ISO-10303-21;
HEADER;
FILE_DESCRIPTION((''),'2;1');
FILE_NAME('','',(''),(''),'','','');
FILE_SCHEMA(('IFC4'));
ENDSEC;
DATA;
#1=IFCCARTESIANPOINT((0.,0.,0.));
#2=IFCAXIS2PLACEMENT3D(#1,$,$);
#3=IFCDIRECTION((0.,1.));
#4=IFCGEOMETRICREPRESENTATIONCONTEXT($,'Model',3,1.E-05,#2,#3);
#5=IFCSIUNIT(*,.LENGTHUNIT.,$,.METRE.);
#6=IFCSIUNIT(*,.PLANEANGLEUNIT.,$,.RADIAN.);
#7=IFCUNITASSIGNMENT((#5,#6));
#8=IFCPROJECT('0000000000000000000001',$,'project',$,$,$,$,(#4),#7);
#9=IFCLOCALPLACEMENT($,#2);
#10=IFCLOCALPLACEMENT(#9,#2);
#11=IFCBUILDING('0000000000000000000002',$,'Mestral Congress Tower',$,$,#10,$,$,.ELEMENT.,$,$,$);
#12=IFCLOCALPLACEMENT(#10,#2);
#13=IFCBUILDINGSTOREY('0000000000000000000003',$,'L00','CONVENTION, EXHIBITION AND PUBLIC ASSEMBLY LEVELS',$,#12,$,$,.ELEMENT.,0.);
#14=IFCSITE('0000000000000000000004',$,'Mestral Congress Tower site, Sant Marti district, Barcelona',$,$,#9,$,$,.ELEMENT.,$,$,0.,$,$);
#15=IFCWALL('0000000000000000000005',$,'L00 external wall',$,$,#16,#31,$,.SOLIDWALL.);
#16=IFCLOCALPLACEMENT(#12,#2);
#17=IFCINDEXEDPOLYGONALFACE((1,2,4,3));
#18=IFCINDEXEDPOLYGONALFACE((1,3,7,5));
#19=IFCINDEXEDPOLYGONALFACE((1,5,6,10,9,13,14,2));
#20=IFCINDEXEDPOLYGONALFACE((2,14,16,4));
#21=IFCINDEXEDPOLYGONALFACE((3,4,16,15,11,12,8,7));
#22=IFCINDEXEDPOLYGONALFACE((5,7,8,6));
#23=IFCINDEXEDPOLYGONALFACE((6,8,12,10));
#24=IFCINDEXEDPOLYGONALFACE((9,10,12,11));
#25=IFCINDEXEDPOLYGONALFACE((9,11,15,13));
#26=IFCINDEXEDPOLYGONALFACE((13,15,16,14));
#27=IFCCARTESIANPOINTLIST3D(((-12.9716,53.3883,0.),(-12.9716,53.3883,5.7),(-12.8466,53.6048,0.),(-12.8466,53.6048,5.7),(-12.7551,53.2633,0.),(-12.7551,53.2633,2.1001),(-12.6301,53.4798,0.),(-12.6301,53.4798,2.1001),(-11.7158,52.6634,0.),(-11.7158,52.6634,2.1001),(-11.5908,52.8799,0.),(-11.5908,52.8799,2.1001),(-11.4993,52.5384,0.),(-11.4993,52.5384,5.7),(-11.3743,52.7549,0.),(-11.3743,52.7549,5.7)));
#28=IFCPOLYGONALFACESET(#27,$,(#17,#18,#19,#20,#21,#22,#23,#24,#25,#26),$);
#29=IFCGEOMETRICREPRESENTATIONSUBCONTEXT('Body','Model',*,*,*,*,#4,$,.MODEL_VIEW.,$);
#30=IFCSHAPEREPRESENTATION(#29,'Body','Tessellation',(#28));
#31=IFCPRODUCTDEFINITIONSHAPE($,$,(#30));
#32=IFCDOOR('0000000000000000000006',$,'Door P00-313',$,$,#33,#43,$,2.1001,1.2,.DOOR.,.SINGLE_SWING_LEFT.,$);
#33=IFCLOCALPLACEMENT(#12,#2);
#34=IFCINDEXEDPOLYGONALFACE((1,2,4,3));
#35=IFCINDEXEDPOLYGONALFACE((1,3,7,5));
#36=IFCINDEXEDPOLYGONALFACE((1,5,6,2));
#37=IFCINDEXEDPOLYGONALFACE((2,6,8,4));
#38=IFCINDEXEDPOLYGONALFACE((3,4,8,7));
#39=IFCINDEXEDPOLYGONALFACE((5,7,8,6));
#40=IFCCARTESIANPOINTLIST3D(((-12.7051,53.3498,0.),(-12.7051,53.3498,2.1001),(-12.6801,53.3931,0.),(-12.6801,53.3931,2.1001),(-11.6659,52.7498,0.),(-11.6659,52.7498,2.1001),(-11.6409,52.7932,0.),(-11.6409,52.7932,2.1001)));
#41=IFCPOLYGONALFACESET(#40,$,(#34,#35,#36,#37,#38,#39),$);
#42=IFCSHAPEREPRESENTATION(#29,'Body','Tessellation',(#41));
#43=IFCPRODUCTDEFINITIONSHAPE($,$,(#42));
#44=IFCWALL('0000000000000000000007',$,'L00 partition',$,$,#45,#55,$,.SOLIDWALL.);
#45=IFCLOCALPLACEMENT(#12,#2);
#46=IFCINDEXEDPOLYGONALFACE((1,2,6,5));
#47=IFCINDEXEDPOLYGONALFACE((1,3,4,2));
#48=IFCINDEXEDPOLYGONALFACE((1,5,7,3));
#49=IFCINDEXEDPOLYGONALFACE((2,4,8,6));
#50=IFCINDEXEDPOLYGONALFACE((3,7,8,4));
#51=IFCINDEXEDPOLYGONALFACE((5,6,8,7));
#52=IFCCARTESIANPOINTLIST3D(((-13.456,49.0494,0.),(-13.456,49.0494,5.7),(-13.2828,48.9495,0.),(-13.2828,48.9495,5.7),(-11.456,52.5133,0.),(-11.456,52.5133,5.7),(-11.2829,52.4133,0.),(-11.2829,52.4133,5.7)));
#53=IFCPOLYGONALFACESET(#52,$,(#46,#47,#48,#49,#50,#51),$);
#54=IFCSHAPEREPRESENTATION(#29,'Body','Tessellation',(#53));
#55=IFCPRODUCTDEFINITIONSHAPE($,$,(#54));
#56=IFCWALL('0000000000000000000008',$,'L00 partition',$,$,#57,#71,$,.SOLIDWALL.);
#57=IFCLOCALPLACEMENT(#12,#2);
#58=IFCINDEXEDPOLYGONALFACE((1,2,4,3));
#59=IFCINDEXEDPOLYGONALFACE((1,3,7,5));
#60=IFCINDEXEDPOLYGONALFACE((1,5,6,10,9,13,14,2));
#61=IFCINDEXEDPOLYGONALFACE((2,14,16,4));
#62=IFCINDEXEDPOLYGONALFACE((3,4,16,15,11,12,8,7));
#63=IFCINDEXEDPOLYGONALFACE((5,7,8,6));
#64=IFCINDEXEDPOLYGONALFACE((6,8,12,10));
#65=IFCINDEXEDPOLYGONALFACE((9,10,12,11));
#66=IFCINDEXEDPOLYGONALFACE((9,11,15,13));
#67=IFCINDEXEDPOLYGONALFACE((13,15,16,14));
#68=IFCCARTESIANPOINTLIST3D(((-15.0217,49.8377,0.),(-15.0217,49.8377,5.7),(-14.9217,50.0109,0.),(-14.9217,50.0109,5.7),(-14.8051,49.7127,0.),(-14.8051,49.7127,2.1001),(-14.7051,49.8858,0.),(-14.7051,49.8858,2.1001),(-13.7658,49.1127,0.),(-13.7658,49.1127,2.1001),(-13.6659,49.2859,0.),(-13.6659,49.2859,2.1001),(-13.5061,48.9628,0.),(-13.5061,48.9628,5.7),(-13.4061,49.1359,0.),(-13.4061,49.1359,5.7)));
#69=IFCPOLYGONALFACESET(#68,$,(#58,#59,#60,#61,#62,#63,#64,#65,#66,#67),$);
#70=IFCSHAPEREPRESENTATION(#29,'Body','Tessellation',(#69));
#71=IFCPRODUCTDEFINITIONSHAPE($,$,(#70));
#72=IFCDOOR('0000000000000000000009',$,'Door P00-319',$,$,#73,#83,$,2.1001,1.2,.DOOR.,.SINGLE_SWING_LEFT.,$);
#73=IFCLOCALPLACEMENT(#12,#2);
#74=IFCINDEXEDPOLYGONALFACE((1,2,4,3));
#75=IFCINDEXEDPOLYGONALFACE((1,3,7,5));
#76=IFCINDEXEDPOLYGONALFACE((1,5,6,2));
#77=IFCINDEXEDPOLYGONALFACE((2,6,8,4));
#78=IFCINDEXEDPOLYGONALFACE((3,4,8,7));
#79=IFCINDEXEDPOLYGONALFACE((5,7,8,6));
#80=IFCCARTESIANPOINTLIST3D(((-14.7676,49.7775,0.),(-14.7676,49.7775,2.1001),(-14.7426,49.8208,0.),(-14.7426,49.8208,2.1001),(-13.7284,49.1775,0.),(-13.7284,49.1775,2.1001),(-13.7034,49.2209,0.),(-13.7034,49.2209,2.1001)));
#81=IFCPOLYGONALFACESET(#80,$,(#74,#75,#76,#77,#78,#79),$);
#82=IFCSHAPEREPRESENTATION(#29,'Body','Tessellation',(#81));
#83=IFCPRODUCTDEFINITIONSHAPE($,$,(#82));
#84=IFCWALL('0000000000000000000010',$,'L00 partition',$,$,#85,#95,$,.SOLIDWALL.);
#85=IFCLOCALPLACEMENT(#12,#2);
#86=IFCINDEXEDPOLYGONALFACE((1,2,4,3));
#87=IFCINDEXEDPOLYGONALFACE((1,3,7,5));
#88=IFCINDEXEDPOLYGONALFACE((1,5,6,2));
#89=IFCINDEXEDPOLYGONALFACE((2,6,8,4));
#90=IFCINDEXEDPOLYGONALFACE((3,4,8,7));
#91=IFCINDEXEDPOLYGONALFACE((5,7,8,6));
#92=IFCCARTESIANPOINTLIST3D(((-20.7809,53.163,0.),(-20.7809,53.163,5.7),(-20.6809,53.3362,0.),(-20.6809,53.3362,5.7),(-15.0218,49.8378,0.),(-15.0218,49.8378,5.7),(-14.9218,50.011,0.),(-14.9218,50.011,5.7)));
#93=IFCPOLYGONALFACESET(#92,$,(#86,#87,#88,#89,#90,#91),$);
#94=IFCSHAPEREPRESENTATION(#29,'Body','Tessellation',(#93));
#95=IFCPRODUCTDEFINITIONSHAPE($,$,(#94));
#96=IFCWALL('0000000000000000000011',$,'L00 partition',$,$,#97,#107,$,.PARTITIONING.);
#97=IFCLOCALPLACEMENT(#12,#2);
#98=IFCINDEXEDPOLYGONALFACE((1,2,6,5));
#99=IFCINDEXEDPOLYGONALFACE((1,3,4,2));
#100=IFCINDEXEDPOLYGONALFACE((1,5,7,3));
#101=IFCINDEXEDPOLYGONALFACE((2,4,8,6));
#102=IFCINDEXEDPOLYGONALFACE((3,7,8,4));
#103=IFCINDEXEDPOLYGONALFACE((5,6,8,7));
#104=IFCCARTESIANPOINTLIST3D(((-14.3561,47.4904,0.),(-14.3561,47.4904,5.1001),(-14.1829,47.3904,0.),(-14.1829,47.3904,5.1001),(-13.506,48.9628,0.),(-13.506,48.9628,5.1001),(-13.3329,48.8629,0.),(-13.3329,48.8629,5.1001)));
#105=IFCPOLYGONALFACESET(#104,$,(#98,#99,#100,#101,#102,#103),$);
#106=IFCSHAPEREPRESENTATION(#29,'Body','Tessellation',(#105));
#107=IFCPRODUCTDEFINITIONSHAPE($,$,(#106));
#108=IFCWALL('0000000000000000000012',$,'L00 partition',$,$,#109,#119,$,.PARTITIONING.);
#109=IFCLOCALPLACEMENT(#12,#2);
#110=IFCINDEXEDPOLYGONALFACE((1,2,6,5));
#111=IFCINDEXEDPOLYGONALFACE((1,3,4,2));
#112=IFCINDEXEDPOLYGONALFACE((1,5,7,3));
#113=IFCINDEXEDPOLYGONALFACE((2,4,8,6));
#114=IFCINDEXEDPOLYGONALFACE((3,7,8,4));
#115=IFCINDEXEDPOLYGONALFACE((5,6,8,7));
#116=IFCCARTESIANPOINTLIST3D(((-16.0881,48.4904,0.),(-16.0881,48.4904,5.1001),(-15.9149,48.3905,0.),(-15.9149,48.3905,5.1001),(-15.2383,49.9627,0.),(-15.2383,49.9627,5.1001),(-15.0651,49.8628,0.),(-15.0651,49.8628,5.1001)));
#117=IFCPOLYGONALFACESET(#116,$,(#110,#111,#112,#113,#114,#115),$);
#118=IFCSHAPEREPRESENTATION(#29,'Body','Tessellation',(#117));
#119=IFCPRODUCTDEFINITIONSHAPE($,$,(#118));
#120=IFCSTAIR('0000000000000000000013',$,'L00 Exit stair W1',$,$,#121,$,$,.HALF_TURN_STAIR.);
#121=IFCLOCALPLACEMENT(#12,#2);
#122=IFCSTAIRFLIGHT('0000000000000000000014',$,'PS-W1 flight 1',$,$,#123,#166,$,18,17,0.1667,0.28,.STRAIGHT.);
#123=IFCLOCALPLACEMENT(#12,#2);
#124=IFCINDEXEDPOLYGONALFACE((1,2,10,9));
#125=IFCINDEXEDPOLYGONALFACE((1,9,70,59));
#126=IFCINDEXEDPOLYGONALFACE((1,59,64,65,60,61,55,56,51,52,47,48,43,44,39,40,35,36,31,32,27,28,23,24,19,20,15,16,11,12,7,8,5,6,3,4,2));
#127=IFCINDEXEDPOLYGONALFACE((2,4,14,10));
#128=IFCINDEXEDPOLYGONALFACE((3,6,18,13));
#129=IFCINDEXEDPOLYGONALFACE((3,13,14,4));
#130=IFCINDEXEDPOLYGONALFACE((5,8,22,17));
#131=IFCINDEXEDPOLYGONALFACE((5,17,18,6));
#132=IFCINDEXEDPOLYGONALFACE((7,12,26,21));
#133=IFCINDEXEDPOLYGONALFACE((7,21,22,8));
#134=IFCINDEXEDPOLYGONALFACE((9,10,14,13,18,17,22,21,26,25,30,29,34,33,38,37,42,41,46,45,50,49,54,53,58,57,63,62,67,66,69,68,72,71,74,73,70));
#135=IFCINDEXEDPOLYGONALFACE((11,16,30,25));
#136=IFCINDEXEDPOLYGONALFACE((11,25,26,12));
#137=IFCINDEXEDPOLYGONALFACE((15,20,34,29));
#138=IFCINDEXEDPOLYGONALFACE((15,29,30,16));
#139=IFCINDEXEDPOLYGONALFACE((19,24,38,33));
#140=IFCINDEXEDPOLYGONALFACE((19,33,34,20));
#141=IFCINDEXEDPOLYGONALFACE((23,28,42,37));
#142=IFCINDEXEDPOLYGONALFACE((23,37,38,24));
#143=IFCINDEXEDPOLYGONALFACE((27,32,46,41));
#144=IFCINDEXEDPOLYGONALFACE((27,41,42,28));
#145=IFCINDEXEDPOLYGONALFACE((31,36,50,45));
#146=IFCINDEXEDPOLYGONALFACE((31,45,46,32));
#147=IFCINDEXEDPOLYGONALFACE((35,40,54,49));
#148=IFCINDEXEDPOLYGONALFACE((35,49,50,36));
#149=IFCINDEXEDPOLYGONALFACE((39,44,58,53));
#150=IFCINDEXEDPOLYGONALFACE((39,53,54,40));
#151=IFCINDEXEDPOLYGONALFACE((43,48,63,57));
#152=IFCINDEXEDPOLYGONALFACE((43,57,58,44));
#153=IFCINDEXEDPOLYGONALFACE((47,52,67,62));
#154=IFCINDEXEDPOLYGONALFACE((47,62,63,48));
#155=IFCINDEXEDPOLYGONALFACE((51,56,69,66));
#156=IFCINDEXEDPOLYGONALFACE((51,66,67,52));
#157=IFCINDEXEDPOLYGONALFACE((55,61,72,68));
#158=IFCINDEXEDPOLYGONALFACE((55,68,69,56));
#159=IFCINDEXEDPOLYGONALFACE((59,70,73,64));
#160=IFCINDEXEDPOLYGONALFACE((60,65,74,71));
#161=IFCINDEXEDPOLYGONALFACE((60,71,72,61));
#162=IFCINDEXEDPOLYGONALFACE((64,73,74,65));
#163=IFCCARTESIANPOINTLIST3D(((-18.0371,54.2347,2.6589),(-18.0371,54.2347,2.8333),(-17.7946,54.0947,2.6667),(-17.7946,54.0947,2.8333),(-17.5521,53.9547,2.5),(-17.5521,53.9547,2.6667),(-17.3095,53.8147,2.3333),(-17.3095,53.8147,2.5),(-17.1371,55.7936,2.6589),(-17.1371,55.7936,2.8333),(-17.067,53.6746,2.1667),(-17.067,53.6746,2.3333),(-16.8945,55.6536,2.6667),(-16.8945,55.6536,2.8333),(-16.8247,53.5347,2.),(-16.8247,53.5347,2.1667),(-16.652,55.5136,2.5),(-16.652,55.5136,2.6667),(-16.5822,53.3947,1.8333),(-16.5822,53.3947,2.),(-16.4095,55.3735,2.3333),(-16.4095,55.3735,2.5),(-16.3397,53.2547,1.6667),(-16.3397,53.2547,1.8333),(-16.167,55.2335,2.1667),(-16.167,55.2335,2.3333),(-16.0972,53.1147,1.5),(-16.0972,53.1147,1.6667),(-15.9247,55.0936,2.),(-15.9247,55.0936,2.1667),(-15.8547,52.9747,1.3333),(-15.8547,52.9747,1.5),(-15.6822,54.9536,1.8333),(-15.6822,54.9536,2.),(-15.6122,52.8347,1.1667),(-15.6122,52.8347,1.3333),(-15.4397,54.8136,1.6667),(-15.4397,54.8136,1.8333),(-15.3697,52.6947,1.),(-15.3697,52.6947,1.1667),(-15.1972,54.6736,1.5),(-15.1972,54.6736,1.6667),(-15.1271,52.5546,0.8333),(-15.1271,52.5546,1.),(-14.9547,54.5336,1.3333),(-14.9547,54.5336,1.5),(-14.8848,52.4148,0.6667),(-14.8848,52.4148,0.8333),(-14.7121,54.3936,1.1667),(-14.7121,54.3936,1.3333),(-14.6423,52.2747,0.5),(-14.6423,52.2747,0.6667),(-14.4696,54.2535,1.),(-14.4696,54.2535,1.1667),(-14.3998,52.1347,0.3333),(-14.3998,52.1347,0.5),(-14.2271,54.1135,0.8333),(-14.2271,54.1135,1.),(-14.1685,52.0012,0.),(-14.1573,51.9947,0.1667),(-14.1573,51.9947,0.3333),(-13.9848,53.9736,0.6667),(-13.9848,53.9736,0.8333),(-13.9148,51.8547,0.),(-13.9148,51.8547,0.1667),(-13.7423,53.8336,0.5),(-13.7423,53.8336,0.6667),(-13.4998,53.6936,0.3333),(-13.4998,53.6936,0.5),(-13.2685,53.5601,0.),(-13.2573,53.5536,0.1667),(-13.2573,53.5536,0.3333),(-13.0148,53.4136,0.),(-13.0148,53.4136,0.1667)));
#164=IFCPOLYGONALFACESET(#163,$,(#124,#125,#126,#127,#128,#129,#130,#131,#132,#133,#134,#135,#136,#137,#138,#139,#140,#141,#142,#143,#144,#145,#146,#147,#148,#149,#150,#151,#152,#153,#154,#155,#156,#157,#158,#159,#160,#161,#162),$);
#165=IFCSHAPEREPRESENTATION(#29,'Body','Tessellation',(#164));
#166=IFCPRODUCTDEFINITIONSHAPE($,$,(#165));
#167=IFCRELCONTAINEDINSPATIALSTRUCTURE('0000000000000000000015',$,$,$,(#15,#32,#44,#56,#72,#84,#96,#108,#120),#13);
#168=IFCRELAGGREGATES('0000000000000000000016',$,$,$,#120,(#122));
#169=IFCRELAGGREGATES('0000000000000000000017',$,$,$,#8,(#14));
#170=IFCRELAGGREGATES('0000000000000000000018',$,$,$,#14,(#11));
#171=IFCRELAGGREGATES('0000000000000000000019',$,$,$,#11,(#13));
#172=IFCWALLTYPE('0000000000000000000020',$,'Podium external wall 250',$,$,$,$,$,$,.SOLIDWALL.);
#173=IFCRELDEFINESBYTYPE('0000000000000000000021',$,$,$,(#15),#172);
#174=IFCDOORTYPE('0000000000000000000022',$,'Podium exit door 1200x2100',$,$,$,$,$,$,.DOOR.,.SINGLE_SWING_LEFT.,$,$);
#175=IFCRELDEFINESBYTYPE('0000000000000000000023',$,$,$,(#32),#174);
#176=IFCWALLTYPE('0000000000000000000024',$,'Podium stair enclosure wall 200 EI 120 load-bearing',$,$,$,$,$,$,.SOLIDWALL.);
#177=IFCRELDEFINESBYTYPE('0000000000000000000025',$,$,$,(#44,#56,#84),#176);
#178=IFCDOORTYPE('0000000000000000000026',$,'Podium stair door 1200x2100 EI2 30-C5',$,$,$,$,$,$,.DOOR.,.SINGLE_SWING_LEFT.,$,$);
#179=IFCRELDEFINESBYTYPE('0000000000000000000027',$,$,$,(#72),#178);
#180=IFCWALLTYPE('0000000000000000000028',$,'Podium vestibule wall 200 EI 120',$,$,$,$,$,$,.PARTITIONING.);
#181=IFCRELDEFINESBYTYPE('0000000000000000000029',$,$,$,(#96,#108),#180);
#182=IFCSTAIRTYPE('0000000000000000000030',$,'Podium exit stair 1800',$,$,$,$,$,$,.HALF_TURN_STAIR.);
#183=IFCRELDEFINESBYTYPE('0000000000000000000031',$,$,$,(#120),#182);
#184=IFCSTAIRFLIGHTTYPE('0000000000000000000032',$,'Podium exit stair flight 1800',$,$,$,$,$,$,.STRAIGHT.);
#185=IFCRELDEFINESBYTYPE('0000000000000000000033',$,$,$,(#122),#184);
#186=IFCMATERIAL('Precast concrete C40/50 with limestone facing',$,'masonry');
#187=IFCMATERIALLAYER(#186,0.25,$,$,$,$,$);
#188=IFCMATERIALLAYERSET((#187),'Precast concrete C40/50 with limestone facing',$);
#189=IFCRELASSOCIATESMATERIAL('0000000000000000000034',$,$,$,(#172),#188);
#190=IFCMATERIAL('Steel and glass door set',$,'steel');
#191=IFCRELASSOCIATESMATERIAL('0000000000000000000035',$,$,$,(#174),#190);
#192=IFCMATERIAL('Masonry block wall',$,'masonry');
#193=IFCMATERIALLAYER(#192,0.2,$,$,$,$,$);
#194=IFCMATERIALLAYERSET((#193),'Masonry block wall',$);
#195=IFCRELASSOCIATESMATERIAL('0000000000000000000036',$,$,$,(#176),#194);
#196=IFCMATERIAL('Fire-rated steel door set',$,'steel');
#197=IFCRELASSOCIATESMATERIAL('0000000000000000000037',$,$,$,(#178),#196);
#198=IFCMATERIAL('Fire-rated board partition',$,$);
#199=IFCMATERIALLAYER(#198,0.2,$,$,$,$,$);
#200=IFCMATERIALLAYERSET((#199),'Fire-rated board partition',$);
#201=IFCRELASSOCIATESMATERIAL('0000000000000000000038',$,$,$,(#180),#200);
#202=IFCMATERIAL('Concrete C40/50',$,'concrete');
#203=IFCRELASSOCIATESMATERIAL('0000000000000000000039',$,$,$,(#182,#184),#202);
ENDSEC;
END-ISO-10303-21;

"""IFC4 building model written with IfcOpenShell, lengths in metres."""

from ifc_helpers import new_model, si_unit, direction, frame, frame_2d, origin, place, context, subcontext, project, spatial, polyline, rectangle, outline, extrude, material, layer, layer_set, type_object, element, fill, aggregate, save


model = new_model("IFC4")

# Units and contexts
model_context = context("Model", 3, precision=1e-05, world=origin(), true_north=direction((0.0, 1.0)))
body_context = subcontext(model_context, "Body", "Model", "MODEL_VIEW")
ifc_project = project(units=[si_unit("LENGTHUNIT", "METRE"), si_unit("PLANEANGLEUNIT", "RADIAN")], contexts=[model_context])

# Site, building, storey
site_placement = place(None, origin())
site = spatial("IfcSite", under=ifc_project, at=site_placement, Name="Mestral Congress Tower site, Sant Marti district, Barcelona", CompositionType="ELEMENT", RefElevation=0.0)
building_placement = place(site_placement, origin())
building = spatial("IfcBuilding", under=site, at=building_placement, Name="Mestral Congress Tower", CompositionType="ELEMENT")
storey_placement = place(building_placement, origin())
storey = spatial("IfcBuildingStorey", under=building, at=storey_placement, Name="L00", Description="CONVENTION, EXHIBITION AND PUBLIC ASSEMBLY LEVELS", CompositionType="ELEMENT", Elevation=0.0)

# Shared definitions
ifc_material_1 = material(Name="Precast concrete C40/50 with limestone facing", Category="masonry")
ifc_layer_1 = layer(ifc_material_1, 0.25)
ifc_layer_set_1 = layer_set([ifc_layer_1], Name="Precast concrete C40/50 with limestone facing")
wall_type_1 = type_object("IfcWallType", Name="Podium external wall 250", PredefinedType="SOLIDWALL", material=ifc_layer_set_1)

# Wall, opening, door
wall_1_placement = place(storey_placement, frame((-12.9092, 53.4966, 0.0), z_axis=(0.0, 0.0, 1.0), x_axis=(0.866052, -0.499955, 0.0)))
wall_1 = element("IfcWall", 1, at=wall_1_placement, inside=storey, type_object=wall_type_1, Name="L00 external wall", PredefinedType="SOLIDWALL", context=body_context, shape_type="SweptSolid", body=[
    extrude(rectangle(XDim=1.7, YDim=0.25, at=frame_2d((0.8501, 0.0))), origin(), (0.0, 0.0, 1.0), 5.7),
])
opening_1_placement = place(wall_1_placement, frame((0.25, 0.0, 0.0)))
opening_1 = element("IfcOpeningElement", 2, at=opening_1_placement, cuts=wall_1, PredefinedType="OPENING", context=body_context, shape_type="SweptSolid", body=[
    extrude(rectangle(XDim=1.2, YDim=2.1001, at=frame_2d((0.6001, 1.05))), frame((0.0, 0.135, 0.0), z_axis=(0.0, -1.0, 0.0), x_axis=(1.0, 0.0, 0.0)), (0.0, 0.0, 1.0), 0.27),
])
ifc_material_2 = material(Name="Steel and glass door set", Category="steel")
door_type_1 = type_object("IfcDoorType", Name="Podium exit door 1200x2100", OperationType="SINGLE_SWING_LEFT", PredefinedType="DOOR", material=ifc_material_2)
door_1_placement = place(opening_1_placement, origin())
door_1 = element("IfcDoor", 3, at=door_1_placement, inside=storey, type_object=door_type_1, Name="Door P00-313", OperationType="SINGLE_SWING_LEFT", OverallHeight=2.1001, OverallWidth=1.2, PredefinedType="DOOR", context=body_context, shape_type="SweptSolid", body=[
    extrude(rectangle(XDim=1.2, YDim=2.1001, at=frame_2d((0.6001, 1.05))), frame((0.0, 0.0249, 0.0), z_axis=(0.0, -1.0, 0.0), x_axis=(1.0, 0.0, 0.0)), (0.0, 0.0, 1.0), 0.05),
])
fill(opening_1, door_1)

# Wall
ifc_material_3 = material(Name="Masonry block wall", Category="masonry")
ifc_layer_2 = layer(ifc_material_3, 0.2)
ifc_layer_set_2 = layer_set([ifc_layer_2], Name="Masonry block wall")
wall_type_2 = type_object("IfcWallType", Name="Podium stair enclosure wall 200 EI 120 load-bearing", PredefinedType="SOLIDWALL", material=ifc_layer_set_2)
wall_2_placement = place(storey_placement, frame((-11.3694, 52.4634, 0.0), z_axis=(0.0, 0.0, 1.0), x_axis=(-0.500025, -0.866011, 0.0)))
element("IfcWall", 4, at=wall_2_placement, inside=storey, type_object=wall_type_2, Name="L00 partition", PredefinedType="SOLIDWALL", context=body_context, shape_type="SweptSolid", body=[
    extrude(rectangle(XDim=3.9998, YDim=0.2, at=frame_2d((2.0, 0.0))), origin(), (0.0, 0.0, 1.0), 5.7),
])

# Wall, opening, door
wall_3_placement = place(storey_placement, frame((-14.9717, 49.9243, 0.0), z_axis=(0.0, 0.0, 1.0), x_axis=(0.866037, -0.49998, 0.0)))
wall_3 = element("IfcWall", 5, at=wall_3_placement, inside=storey, type_object=wall_type_2, Name="L00 partition", PredefinedType="SOLIDWALL", context=body_context, shape_type="SweptSolid", body=[
    extrude(rectangle(XDim=1.75, YDim=0.2, at=frame_2d((0.875, 0.0))), origin(), (0.0, 0.0, 1.0), 5.7),
])
opening_2_placement = place(wall_3_placement, frame((0.25, 0.0, 0.0)))
opening_2 = element("IfcOpeningElement", 6, at=opening_2_placement, cuts=wall_3, PredefinedType="OPENING", context=body_context, shape_type="SweptSolid", body=[
    extrude(rectangle(XDim=1.2, YDim=2.1001, at=frame_2d((0.6001, 1.05))), frame((0.0, 0.1099, 0.0), z_axis=(0.0, -1.0, 0.0), x_axis=(1.0, 0.0, 0.0)), (0.0, 0.0, 1.0), 0.22),
])
ifc_material_4 = material(Name="Fire-rated steel door set", Category="steel")
door_type_2 = type_object("IfcDoorType", Name="Podium stair door 1200x2100 EI2 30-C5", OperationType="SINGLE_SWING_LEFT", PredefinedType="DOOR", material=ifc_material_4)
door_2_placement = place(opening_2_placement, origin())
door_2 = element("IfcDoor", 7, at=door_2_placement, inside=storey, type_object=door_type_2, Name="Door P00-319", OperationType="SINGLE_SWING_LEFT", OverallHeight=2.1001, OverallWidth=1.2, PredefinedType="DOOR", context=body_context, shape_type="SweptSolid", body=[
    extrude(rectangle(XDim=1.2, YDim=2.1001, at=frame_2d((0.6001, 1.05))), frame((0.0, 0.0249, 0.0), z_axis=(0.0, -1.0, 0.0), x_axis=(1.0, 0.0, 0.0)), (0.0, 0.0, 1.0), 0.05),
])
fill(opening_2, door_2)

# Walls
wall_4_placement = place(storey_placement, frame((-14.9717, 49.9243, 0.0), z_axis=(0.0, 0.0, 1.0), x_axis=(-0.866011, 0.500024, 0.0)))
element("IfcWall", 8, at=wall_4_placement, inside=storey, type_object=wall_type_2, Name="L00 partition", PredefinedType="SOLIDWALL", context=body_context, shape_type="SweptSolid", body=[
    extrude(rectangle(XDim=6.6501, YDim=0.2, at=frame_2d((3.3252, 0.0))), origin(), (0.0, 0.0, 1.0), 5.7),
])
ifc_material_5 = material(Name="Fire-rated board partition")
ifc_layer_3 = layer(ifc_material_5, 0.2)
ifc_layer_set_3 = layer_set([ifc_layer_3], Name="Fire-rated board partition")
wall_type_3 = type_object("IfcWallType", Name="Podium vestibule wall 200 EI 120", PredefinedType="PARTITIONING", material=ifc_layer_set_3)
wall_5_placement = place(storey_placement, frame((-13.4194, 48.9128, 0.0), z_axis=(0.0, 0.0, 1.0), x_axis=(-0.5, -0.866025, 0.0)))
element("IfcWall", 9, at=wall_5_placement, inside=storey, type_object=wall_type_3, Name="L00 partition", PredefinedType="PARTITIONING", context=body_context, shape_type="SweptSolid", body=[
    extrude(rectangle(XDim=1.7002, YDim=0.2, at=frame_2d((0.8501, 0.0))), origin(), (0.0, 0.0, 1.0), 5.1001),
])
wall_6_placement = place(storey_placement, frame((-15.1516, 49.9128, 0.0), z_axis=(0.0, 0.0, 1.0), x_axis=(-0.499892, -0.866088, 0.0)))
element("IfcWall", 10, at=wall_6_placement, inside=storey, type_object=wall_type_3, Name="L00 partition", PredefinedType="PARTITIONING", context=body_context, shape_type="SweptSolid", body=[
    extrude(rectangle(XDim=1.7, YDim=0.2, at=frame_2d((0.8501, 0.0))), origin(), (0.0, 0.0, 1.0), 5.1001),
])

# Stair, stair flight
ifc_material_6 = material(Name="Concrete C40/50", Category="concrete")
stair_type = type_object("IfcStairType", Name="Podium exit stair 1800", PredefinedType="HALF_TURN_STAIR", material=ifc_material_6)
stair_placement = place(storey_placement, origin())
stair = element("IfcStair", 11, at=stair_placement, inside=storey, type_object=stair_type, Name="L00 Exit stair W1", PredefinedType="HALF_TURN_STAIR")
stair_flight_type = type_object("IfcStairFlightType", Name="Podium exit stair flight 1800", PredefinedType="STRAIGHT", material=ifc_material_6)
stair_flight_1_placement = place(storey_placement, frame((-13.4648, 52.634, 0.0), z_axis=(0.0, 0.0, 1.0), x_axis=(-0.866025, 0.5, 0.0)))
stair_flight_1 = element("IfcStairFlight", 12, at=stair_flight_1_placement, type_object=stair_flight_type, Name="PS-W1 flight 1", NumberOfRisers=18, NumberOfTreads=17, PredefinedType="STRAIGHT", RiserHeight=0.1667, TreadLength=0.28, context=body_context, shape_type="SweptSolid", body=[
    extrude(outline(polyline([(0.0, 0.0), (0.0, 0.1667), (0.28, 0.1667), (0.28, 0.3333), (0.5601, 0.3333), (0.5601, 0.5), (0.8401, 0.5), (0.8401, 0.6667), (1.1201, 0.6667), (1.1201, 0.8333), (1.3999, 0.8333), (1.3999, 1.0), (1.6799, 1.0), (1.6799, 1.1667), (1.96, 1.1667), (1.96, 1.3333), (2.24, 1.3333), (2.24, 1.5), (2.52, 1.5), (2.52, 1.6667), (2.8, 1.6667), (2.8, 1.8333), (3.0801, 1.8333), (3.0801, 2.0), (3.3601, 2.0), (3.3601, 2.1667), (3.6399, 2.1667), (3.6399, 2.3333), (3.9199, 2.3333), (3.9199, 2.5), (4.2, 2.5), (4.2, 2.6667), (4.48, 2.6667), (4.48, 2.8333), (4.76, 2.8333), (4.76, 3.0), (4.76, 2.6589), (0.293, 0.0), (0.0, 0.0)])), frame((0.0, 0.8999, 0.0), z_axis=(0.0, -1.0, 0.0), x_axis=(1.0, 0.0, 0.0)), (0.0, 0.0, 1.0), 1.8),
])
aggregate(stair, [stair_flight_1])

save(model, "model.ifc")
